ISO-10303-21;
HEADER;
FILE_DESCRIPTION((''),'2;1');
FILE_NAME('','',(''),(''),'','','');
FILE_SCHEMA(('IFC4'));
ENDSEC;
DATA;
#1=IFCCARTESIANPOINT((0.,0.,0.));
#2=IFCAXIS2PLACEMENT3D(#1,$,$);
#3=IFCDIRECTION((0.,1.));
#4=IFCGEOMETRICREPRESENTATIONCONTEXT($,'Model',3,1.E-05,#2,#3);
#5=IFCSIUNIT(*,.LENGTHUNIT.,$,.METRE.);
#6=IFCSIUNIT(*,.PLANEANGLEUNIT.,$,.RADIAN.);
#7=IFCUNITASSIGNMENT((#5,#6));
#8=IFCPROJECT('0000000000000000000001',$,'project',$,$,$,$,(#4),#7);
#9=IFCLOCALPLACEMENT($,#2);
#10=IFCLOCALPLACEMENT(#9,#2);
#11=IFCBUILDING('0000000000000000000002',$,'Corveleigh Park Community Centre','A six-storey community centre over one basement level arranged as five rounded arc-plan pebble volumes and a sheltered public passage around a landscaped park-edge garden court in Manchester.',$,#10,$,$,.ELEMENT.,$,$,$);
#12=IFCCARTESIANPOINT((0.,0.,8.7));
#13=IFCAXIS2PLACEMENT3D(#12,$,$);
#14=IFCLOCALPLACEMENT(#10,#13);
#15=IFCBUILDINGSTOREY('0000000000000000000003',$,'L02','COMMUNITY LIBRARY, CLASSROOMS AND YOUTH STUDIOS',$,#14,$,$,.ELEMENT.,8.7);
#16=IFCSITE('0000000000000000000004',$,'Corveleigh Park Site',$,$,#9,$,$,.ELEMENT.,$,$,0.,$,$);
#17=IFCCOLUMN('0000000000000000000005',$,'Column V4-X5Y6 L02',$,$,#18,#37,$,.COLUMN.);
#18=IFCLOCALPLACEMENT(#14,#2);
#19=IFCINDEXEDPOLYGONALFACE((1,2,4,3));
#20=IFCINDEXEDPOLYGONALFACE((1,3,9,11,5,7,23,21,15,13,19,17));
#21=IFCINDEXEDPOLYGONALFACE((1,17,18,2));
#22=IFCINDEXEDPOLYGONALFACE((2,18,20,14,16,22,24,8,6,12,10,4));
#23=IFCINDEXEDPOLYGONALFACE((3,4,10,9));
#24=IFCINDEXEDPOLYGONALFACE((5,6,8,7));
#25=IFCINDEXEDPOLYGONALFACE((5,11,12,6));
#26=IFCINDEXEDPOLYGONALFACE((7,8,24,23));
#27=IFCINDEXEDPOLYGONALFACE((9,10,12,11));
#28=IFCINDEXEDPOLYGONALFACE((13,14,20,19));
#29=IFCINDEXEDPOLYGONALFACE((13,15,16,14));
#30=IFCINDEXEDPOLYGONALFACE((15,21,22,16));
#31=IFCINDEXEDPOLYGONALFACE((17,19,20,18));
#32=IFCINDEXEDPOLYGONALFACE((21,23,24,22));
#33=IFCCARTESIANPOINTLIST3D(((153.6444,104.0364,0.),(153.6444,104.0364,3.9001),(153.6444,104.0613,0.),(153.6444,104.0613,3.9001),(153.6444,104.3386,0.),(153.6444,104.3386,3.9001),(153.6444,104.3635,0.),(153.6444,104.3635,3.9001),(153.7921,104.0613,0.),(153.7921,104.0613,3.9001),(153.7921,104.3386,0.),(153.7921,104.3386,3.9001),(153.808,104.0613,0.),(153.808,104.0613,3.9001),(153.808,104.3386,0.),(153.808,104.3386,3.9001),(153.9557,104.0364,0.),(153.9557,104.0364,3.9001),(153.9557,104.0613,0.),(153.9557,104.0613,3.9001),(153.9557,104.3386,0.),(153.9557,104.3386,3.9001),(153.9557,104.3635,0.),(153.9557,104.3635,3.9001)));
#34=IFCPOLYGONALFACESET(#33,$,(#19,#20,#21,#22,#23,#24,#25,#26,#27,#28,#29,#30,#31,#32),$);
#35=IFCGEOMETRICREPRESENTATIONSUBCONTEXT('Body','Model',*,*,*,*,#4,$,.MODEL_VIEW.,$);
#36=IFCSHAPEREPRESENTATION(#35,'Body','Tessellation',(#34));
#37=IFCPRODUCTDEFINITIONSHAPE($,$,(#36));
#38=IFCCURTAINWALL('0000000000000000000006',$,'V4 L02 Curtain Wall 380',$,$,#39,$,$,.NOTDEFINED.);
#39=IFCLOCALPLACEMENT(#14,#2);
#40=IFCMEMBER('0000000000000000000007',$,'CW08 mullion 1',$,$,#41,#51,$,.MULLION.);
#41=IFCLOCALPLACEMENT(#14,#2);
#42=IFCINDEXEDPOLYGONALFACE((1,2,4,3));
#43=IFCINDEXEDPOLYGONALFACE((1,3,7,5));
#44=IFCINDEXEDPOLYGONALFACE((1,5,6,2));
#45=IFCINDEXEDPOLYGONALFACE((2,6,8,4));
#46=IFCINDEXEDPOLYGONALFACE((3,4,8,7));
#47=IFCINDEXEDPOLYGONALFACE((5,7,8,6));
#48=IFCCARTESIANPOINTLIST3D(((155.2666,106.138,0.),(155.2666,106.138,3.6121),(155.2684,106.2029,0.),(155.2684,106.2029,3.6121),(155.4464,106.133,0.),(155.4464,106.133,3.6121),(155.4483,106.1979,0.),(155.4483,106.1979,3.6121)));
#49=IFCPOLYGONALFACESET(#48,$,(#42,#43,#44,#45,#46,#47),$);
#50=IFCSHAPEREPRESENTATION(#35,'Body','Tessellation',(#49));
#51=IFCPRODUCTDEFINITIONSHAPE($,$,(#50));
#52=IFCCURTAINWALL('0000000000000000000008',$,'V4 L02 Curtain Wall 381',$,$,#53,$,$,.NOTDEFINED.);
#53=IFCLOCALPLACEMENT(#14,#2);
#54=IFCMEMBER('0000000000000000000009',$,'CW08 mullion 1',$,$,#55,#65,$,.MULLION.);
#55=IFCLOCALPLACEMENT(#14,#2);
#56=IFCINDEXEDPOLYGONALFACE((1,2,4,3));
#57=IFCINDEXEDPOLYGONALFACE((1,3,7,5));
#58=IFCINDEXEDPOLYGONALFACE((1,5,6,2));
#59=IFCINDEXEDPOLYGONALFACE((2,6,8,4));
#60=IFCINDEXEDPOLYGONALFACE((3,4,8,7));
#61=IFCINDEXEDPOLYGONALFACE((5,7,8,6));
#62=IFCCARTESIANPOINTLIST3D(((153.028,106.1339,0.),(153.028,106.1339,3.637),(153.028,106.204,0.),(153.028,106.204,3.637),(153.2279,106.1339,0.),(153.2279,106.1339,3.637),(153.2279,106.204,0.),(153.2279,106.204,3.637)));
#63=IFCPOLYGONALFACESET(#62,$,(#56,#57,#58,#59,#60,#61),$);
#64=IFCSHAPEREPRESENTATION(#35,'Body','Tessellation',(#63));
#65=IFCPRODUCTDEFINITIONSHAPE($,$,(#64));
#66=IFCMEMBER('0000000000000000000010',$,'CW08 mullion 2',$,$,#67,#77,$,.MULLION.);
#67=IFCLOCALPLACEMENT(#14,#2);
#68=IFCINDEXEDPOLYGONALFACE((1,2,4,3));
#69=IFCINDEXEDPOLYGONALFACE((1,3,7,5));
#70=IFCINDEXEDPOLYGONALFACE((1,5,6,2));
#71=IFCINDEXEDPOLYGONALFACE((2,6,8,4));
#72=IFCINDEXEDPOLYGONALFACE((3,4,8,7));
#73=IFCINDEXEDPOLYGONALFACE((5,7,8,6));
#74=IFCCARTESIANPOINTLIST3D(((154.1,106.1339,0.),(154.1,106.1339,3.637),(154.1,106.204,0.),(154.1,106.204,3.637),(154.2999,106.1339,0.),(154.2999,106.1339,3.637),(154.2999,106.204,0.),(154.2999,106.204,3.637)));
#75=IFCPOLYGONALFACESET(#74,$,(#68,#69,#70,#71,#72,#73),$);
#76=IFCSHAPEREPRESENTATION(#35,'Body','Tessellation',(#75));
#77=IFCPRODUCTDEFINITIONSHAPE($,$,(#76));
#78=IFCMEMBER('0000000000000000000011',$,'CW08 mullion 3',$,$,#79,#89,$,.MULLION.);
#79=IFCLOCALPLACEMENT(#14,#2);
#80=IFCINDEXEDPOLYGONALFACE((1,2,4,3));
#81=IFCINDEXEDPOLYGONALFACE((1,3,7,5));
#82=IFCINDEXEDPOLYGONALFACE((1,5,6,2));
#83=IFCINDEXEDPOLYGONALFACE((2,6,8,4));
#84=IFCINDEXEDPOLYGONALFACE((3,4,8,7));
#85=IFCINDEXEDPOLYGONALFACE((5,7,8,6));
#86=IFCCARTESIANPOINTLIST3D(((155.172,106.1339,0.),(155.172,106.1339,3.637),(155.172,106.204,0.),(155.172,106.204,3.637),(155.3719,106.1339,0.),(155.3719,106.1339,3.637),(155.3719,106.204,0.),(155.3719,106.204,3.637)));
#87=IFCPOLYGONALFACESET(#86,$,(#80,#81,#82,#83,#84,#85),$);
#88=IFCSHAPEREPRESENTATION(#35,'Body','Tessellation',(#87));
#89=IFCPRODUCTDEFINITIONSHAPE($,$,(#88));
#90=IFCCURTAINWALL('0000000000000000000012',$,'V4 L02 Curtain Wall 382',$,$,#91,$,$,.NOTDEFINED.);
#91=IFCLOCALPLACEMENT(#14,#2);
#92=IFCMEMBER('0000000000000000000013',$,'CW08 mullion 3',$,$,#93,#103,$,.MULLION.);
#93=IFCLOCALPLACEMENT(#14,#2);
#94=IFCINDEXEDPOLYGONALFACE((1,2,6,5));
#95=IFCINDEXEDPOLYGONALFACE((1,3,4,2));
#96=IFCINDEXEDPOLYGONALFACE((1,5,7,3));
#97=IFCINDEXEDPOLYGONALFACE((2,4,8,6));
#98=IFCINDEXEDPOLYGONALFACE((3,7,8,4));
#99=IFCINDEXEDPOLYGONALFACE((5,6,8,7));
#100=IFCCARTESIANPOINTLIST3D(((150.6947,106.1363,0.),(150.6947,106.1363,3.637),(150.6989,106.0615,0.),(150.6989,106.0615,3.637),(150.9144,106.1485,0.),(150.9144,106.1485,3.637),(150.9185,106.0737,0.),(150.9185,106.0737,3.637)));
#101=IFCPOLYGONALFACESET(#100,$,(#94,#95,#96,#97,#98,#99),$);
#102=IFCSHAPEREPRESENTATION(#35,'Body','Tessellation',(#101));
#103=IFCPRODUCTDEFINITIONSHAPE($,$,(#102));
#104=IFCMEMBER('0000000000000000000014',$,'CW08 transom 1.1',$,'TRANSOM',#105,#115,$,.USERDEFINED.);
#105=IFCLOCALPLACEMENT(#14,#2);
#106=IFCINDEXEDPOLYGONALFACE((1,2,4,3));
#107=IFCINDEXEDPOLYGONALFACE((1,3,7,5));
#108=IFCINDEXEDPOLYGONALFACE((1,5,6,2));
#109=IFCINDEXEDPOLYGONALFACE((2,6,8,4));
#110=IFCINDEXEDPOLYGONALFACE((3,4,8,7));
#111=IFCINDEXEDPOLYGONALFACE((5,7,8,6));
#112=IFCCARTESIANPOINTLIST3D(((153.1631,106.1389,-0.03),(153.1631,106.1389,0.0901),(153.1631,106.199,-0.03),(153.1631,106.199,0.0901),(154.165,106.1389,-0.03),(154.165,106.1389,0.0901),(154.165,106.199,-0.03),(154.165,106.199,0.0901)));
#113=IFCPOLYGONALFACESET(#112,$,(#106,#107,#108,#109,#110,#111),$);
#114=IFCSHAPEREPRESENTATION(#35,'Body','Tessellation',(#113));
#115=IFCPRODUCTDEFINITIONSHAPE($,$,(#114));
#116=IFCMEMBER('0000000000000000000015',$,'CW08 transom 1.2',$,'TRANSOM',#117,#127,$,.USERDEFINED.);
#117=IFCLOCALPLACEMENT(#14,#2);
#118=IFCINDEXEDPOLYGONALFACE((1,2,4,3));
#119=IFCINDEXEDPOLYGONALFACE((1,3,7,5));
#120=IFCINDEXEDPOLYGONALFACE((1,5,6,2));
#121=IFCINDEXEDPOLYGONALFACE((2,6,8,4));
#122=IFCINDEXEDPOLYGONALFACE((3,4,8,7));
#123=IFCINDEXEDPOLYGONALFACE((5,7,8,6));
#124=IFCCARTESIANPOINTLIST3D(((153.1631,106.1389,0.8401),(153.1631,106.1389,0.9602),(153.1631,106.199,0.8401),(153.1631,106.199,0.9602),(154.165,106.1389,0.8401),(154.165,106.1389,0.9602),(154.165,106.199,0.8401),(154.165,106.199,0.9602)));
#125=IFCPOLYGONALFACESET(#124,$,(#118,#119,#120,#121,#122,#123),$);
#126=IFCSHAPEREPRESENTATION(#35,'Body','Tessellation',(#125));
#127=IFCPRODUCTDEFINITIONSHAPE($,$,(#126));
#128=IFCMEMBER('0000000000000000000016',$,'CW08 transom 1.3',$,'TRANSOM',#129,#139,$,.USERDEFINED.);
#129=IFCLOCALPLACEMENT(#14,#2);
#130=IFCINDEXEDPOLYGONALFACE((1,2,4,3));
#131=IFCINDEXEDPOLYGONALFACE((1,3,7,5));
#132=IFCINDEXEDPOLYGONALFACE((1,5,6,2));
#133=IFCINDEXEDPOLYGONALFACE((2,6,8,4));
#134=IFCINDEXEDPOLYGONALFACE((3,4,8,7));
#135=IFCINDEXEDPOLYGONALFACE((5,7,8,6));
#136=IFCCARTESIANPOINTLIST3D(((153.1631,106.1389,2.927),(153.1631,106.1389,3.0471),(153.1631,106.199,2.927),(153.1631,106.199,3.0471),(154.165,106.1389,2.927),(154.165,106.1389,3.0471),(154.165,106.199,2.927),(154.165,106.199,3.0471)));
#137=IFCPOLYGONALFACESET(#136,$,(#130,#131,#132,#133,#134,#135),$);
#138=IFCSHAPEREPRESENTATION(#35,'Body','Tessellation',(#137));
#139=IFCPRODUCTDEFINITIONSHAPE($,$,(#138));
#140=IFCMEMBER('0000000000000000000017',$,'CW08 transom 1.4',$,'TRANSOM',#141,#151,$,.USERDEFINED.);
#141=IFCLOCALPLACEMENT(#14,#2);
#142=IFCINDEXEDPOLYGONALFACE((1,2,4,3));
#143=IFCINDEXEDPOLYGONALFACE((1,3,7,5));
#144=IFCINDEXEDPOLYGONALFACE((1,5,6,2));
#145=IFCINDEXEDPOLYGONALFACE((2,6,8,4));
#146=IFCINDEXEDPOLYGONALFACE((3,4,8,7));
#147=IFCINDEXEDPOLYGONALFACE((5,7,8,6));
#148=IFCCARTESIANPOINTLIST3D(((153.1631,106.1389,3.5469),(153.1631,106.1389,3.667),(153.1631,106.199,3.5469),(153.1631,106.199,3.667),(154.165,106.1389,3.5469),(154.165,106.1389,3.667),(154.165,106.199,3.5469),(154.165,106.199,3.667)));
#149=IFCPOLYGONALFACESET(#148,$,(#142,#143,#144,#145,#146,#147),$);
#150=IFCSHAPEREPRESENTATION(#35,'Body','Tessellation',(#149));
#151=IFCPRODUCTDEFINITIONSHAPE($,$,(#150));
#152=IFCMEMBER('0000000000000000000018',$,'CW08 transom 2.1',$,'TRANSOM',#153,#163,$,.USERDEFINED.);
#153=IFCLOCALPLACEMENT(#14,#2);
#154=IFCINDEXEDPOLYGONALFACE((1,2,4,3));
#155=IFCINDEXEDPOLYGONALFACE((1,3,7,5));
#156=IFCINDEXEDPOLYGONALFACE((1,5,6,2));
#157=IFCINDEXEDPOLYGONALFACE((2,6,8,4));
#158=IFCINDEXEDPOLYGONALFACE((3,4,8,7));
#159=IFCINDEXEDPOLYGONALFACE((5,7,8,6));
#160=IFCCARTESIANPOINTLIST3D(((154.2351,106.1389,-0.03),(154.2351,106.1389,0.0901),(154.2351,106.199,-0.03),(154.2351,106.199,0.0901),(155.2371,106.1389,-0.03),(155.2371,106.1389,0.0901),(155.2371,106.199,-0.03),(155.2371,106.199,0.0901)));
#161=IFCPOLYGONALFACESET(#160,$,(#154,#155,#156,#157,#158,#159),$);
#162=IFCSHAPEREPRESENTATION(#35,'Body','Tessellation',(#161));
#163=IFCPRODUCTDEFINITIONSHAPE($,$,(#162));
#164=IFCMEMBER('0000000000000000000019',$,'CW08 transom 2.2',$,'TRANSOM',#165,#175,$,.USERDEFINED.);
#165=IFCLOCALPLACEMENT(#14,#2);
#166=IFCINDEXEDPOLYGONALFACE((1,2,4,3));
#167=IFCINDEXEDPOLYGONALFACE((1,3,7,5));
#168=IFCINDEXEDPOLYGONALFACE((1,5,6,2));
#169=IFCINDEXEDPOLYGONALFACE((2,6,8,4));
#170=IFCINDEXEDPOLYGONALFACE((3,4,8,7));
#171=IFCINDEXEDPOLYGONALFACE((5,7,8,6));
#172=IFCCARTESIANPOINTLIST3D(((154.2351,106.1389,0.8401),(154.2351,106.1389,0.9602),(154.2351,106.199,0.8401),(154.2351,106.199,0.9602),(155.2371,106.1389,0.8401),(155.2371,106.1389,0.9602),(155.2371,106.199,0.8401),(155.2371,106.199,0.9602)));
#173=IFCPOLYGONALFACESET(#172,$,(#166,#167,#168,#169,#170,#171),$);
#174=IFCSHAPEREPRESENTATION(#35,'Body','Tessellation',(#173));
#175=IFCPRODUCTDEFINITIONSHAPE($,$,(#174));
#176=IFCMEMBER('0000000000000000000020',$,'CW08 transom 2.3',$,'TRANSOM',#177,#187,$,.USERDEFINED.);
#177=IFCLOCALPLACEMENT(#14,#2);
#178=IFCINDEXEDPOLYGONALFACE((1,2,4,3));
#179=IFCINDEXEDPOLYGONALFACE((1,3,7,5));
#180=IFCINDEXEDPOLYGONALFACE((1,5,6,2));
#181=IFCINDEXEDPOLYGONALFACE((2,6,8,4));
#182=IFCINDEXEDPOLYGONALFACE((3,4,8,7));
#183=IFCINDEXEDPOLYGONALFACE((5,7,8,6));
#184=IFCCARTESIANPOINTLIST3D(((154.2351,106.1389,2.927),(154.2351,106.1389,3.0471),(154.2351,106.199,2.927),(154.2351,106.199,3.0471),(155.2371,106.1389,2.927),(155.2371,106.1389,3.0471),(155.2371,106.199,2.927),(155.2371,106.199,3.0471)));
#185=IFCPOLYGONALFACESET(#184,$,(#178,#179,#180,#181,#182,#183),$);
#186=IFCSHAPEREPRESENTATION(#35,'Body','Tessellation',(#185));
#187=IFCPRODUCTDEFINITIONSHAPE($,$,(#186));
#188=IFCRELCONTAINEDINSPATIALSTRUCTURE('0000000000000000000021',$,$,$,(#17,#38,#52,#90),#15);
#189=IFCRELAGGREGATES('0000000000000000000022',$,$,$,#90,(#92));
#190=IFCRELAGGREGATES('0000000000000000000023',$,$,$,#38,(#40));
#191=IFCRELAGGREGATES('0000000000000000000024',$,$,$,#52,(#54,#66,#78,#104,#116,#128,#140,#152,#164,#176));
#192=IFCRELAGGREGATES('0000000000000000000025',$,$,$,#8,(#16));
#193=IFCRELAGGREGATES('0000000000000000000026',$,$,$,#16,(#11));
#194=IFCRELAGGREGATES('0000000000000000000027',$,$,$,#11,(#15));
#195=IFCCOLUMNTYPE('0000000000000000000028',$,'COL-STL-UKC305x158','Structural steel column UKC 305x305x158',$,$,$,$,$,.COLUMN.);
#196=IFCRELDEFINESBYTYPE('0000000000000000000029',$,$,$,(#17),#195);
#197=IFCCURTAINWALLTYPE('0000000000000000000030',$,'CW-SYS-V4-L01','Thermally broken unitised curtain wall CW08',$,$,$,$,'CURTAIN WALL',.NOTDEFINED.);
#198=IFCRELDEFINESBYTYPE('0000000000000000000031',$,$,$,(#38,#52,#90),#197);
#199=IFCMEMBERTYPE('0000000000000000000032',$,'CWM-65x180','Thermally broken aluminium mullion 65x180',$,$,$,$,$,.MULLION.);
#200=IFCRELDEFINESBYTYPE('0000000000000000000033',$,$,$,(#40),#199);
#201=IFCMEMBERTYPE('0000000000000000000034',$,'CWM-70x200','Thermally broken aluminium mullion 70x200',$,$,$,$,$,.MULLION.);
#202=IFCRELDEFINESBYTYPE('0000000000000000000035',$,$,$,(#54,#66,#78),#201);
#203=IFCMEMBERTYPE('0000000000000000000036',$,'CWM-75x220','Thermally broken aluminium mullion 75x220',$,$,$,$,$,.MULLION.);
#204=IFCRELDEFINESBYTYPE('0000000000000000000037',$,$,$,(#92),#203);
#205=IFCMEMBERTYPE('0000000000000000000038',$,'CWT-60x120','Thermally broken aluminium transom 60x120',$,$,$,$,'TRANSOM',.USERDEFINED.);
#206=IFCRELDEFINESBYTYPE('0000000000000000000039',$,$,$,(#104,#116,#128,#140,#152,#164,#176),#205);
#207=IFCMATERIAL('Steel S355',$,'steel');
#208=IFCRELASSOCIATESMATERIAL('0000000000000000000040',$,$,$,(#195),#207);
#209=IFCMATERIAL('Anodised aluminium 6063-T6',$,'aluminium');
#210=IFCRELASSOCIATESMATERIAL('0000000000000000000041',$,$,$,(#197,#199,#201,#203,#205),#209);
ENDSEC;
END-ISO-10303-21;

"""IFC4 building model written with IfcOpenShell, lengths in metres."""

from ifc_helpers import new_model, si_unit, direction, frame, origin, origin_2d, place, context, subcontext, project, spatial, rectangle, i_section, extrude, material, material_profile, profile_set, type_object, element, aggregate, save


model = new_model("IFC4")

# Units and contexts
model_context = context("Model", 3, precision=1e-05, world=origin(), true_north=direction((0.0, 1.0)))
body_context = subcontext(model_context, "Body", "Model", "MODEL_VIEW")
ifc_project = project(units=[si_unit("LENGTHUNIT", "METRE"), si_unit("PLANEANGLEUNIT", "RADIAN")], contexts=[model_context])

# Site, building, storey
site_placement = place(None, origin())
site = spatial("IfcSite", under=ifc_project, at=site_placement, Name="Corveleigh Park Site", CompositionType="ELEMENT", RefElevation=0.0)
building_placement = place(site_placement, origin())
building = spatial("IfcBuilding", under=site, at=building_placement, Name="Corveleigh Park Community Centre", Description="A six-storey community centre over one basement level arranged as five rounded arc-plan pebble volumes and a sheltered public passage around a landscaped park-edge garden court in Manchester.", CompositionType="ELEMENT")
storey_placement = place(building_placement, frame((0.0, 0.0, 8.7)))
storey = spatial("IfcBuildingStorey", under=building, at=storey_placement, Name="L02", Description="COMMUNITY LIBRARY, CLASSROOMS AND YOUTH STUDIOS", CompositionType="ELEMENT", Elevation=8.7)

# Column
ifc_material_1 = material(Name="Steel S355", Category="steel")
ifc_material_profile_1 = material_profile(ifc_material_1, i_section(OverallWidth=0.3113, OverallDepth=0.3271, WebThickness=0.0159, FlangeThickness=0.0249, at=origin_2d()), Name="UKC 305x305x158", Category="steel")
ifc_profile_set_1 = profile_set([ifc_material_profile_1], Name="Steel S355")
column_type = type_object("IfcColumnType", Name="COL-STL-UKC305x158", Description="Structural steel column UKC 305x305x158", PredefinedType="COLUMN", material=ifc_profile_set_1)
column_placement = place(storey_placement, frame((153.8, 104.2, 0.0), z_axis=(0.0, 0.0, 1.0), x_axis=(1.0, 0.0, 0.0)))
element("IfcColumn", 1, at=column_placement, inside=storey, type_object=column_type, Name="Column V4-X5Y6 L02", PredefinedType="COLUMN", context=body_context, shape_type="SweptSolid", body=[
    extrude(i_section(OverallWidth=0.3113, OverallDepth=0.3271, WebThickness=0.0159, FlangeThickness=0.0249, at=origin_2d()), origin(), (0.0, 0.0, 1.0), 3.9001),
])

# Curtain wall, member
ifc_material_2 = material(Name="Anodised aluminium 6063-T6", Category="aluminium")
curtain_wall_type = type_object("IfcCurtainWallType", Name="CW-SYS-V4-L01", Description="Thermally broken unitised curtain wall CW08", ElementType="CURTAIN WALL", PredefinedType="NOTDEFINED", material=ifc_material_2)
curtain_wall_1_placement = place(storey_placement, origin())
curtain_wall_1 = element("IfcCurtainWall", 2, at=curtain_wall_1_placement, inside=storey, type_object=curtain_wall_type, Name="V4 L02 Curtain Wall 380", PredefinedType="NOTDEFINED")
ifc_material_profile_2 = material_profile(ifc_material_2, rectangle(XDim=0.0649, YDim=0.1799, at=origin_2d()), Name="ALU-M65x180", Category="aluminium")
ifc_profile_set_2 = profile_set([ifc_material_profile_2], Name="Anodised aluminium 6063-T6")
member_type_1 = type_object("IfcMemberType", Name="CWM-65x180", Description="Thermally broken aluminium mullion 65x180", PredefinedType="MULLION", material=ifc_profile_set_2)
member_1_placement = place(storey_placement, frame((155.3574, 106.168, 0.0), z_axis=(0.0, 0.0, 1.0), x_axis=(0.028005, 0.999608, 0.0)))
member_1 = element("IfcMember", 3, at=member_1_placement, type_object=member_type_1, Name="CW08 mullion 1", PredefinedType="MULLION", context=body_context, shape_type="SweptSolid", body=[
    extrude(rectangle(XDim=0.0649, YDim=0.1799, at=origin_2d()), origin(), (0.0, 0.0, 1.0), 3.6121),
])

# Curtain wall, members
curtain_wall_2_placement = place(storey_placement, origin())
curtain_wall_2 = element("IfcCurtainWall", 4, at=curtain_wall_2_placement, inside=storey, type_object=curtain_wall_type, Name="V4 L02 Curtain Wall 381", PredefinedType="NOTDEFINED")
ifc_material_profile_3 = material_profile(ifc_material_2, rectangle(XDim=0.0701, YDim=0.2, at=origin_2d()), Name="ALU-M70x200", Category="aluminium")
ifc_profile_set_3 = profile_set([ifc_material_profile_3], Name="Anodised aluminium 6063-T6")
member_type_2 = type_object("IfcMemberType", Name="CWM-70x200", Description="Thermally broken aluminium mullion 70x200", PredefinedType="MULLION", material=ifc_profile_set_3)
member_2_placement = place(storey_placement, frame((153.1279, 106.1689, 0.0), z_axis=(0.0, 0.0, 1.0), x_axis=(0.0, 1.0, 0.0)))
member_2 = element("IfcMember", 5, at=member_2_placement, type_object=member_type_2, Name="CW08 mullion 1", PredefinedType="MULLION", context=body_context, shape_type="SweptSolid", body=[
    extrude(rectangle(XDim=0.0701, YDim=0.2, at=origin_2d()), origin(), (0.0, 0.0, 1.0), 3.637),
])
member_3_placement = place(storey_placement, frame((154.2, 106.1689, 0.0), z_axis=(0.0, 0.0, 1.0), x_axis=(0.0, 1.0, 0.0)))
member_3 = element("IfcMember", 6, at=member_3_placement, type_object=member_type_2, Name="CW08 mullion 2", PredefinedType="MULLION", context=body_context, shape_type="SweptSolid", body=[
    extrude(rectangle(XDim=0.0701, YDim=0.2, at=origin_2d()), origin(), (0.0, 0.0, 1.0), 3.637),
])
member_4_placement = place(storey_placement, frame((155.272, 106.1689, 0.0), z_axis=(0.0, 0.0, 1.0), x_axis=(0.0, 1.0, 0.0)))
member_4 = element("IfcMember", 7, at=member_4_placement, type_object=member_type_2, Name="CW08 mullion 3", PredefinedType="MULLION", context=body_context, shape_type="SweptSolid", body=[
    extrude(rectangle(XDim=0.0701, YDim=0.2, at=origin_2d()), origin(), (0.0, 0.0, 1.0), 3.637),
])

# Curtain wall, member
curtain_wall_3_placement = place(storey_placement, origin())
curtain_wall_3 = element("IfcCurtainWall", 8, at=curtain_wall_3_placement, inside=storey, type_object=curtain_wall_type, Name="V4 L02 Curtain Wall 382", PredefinedType="NOTDEFINED")
ifc_material_profile_4 = material_profile(ifc_material_2, rectangle(XDim=0.075, YDim=0.22, at=origin_2d()), Name="ALU-M75x220", Category="aluminium")
ifc_profile_set_4 = profile_set([ifc_material_profile_4], Name="Anodised aluminium 6063-T6")
member_type_3 = type_object("IfcMemberType", Name="CWM-75x220", Description="Thermally broken aluminium mullion 75x220", PredefinedType="MULLION", material=ifc_profile_set_4)
member_5_placement = place(storey_placement, frame((150.8066, 106.105, 0.0), z_axis=(0.0, 0.0, 1.0), x_axis=(-0.055545, 0.998456, 0.0)))
member_5 = element("IfcMember", 9, at=member_5_placement, type_object=member_type_3, Name="CW08 mullion 3", PredefinedType="MULLION", context=body_context, shape_type="SweptSolid", body=[
    extrude(rectangle(XDim=0.075, YDim=0.22, at=origin_2d()), origin(), (0.0, 0.0, 1.0), 3.637),
])
aggregate(curtain_wall_3, [member_5])

# Members
ifc_material_profile_5 = material_profile(ifc_material_2, rectangle(XDim=0.0601, YDim=0.1201, at=origin_2d()), Name="ALU-T60x120", Category="aluminium")
ifc_profile_set_5 = profile_set([ifc_material_profile_5], Name="Anodised aluminium 6063-T6")
member_type_4 = type_object("IfcMemberType", Name="CWT-60x120", Description="Thermally broken aluminium transom 60x120", ElementType="TRANSOM", PredefinedType="USERDEFINED", material=ifc_profile_set_5)
member_6_placement = place(storey_placement, frame((153.1631, 106.1689, 0.03), z_axis=(1.0, 0.0, 0.0), x_axis=(0.0, 1.0, 0.0)))
member_6 = element("IfcMember", 10, at=member_6_placement, type_object=member_type_4, Name="CW08 transom 1.1", ObjectType="TRANSOM", PredefinedType="USERDEFINED", context=body_context, shape_type="SweptSolid", body=[
    extrude(rectangle(XDim=0.0601, YDim=0.1201, at=origin_2d()), origin(), (0.0, 0.0, 1.0), 1.002),
])
member_7_placement = place(storey_placement, frame((153.1631, 106.1689, 0.9001), z_axis=(1.0, 0.0, 0.0), x_axis=(0.0, 1.0, 0.0)))
member_7 = element("IfcMember", 11, at=member_7_placement, type_object=member_type_4, Name="CW08 transom 1.2", ObjectType="TRANSOM", PredefinedType="USERDEFINED", context=body_context, shape_type="SweptSolid", body=[
    extrude(rectangle(XDim=0.0601, YDim=0.1201, at=origin_2d()), origin(), (0.0, 0.0, 1.0), 1.002),
])
member_8_placement = place(storey_placement, frame((153.1631, 106.1689, 2.9871), z_axis=(1.0, 0.0, 0.0), x_axis=(0.0, 1.0, 0.0)))
member_8 = element("IfcMember", 12, at=member_8_placement, type_object=member_type_4, Name="CW08 transom 1.3", ObjectType="TRANSOM", PredefinedType="USERDEFINED", context=body_context, shape_type="SweptSolid", body=[
    extrude(rectangle(XDim=0.0601, YDim=0.1201, at=origin_2d()), origin(), (0.0, 0.0, 1.0), 1.002),
])
member_9_placement = place(storey_placement, frame((153.1631, 106.1689, 3.6069), z_axis=(1.0, 0.0, 0.0), x_axis=(0.0, 1.0, 0.0)))
member_9 = element("IfcMember", 13, at=member_9_placement, type_object=member_type_4, Name="CW08 transom 1.4", ObjectType="TRANSOM", PredefinedType="USERDEFINED", context=body_context, shape_type="SweptSolid", body=[
    extrude(rectangle(XDim=0.0601, YDim=0.1201, at=origin_2d()), origin(), (0.0, 0.0, 1.0), 1.002),
])
member_10_placement = place(storey_placement, frame((154.2351, 106.1689, 0.03), z_axis=(1.0, 0.0, 0.0), x_axis=(0.0, 1.0, 0.0)))
member_10 = element("IfcMember", 14, at=member_10_placement, type_object=member_type_4, Name="CW08 transom 2.1", ObjectType="TRANSOM", PredefinedType="USERDEFINED", context=body_context, shape_type="SweptSolid", body=[
    extrude(rectangle(XDim=0.0601, YDim=0.1201, at=origin_2d()), origin(), (0.0, 0.0, 1.0), 1.002),
])
member_11_placement = place(storey_placement, frame((154.2351, 106.1689, 0.9001), z_axis=(1.0, 0.0, 0.0), x_axis=(0.0, 1.0, 0.0)))
member_11 = element("IfcMember", 15, at=member_11_placement, type_object=member_type_4, Name="CW08 transom 2.2", ObjectType="TRANSOM", PredefinedType="USERDEFINED", context=body_context, shape_type="SweptSolid", body=[
    extrude(rectangle(XDim=0.0601, YDim=0.1201, at=origin_2d()), origin(), (0.0, 0.0, 1.0), 1.002),
])
member_12_placement = place(storey_placement, frame((154.2351, 106.1689, 2.9871), z_axis=(1.0, 0.0, 0.0), x_axis=(0.0, 1.0, 0.0)))
member_12 = element("IfcMember", 16, at=member_12_placement, type_object=member_type_4, Name="CW08 transom 2.3", ObjectType="TRANSOM", PredefinedType="USERDEFINED", context=body_context, shape_type="SweptSolid", body=[
    extrude(rectangle(XDim=0.0601, YDim=0.1201, at=origin_2d()), origin(), (0.0, 0.0, 1.0), 1.002),
])
aggregate(curtain_wall_1, [member_1])

aggregate(curtain_wall_2, [member_2, member_3, member_4, member_6, member_7, member_8, member_9, member_10, member_11, member_12])

save(model, "model.ifc")
